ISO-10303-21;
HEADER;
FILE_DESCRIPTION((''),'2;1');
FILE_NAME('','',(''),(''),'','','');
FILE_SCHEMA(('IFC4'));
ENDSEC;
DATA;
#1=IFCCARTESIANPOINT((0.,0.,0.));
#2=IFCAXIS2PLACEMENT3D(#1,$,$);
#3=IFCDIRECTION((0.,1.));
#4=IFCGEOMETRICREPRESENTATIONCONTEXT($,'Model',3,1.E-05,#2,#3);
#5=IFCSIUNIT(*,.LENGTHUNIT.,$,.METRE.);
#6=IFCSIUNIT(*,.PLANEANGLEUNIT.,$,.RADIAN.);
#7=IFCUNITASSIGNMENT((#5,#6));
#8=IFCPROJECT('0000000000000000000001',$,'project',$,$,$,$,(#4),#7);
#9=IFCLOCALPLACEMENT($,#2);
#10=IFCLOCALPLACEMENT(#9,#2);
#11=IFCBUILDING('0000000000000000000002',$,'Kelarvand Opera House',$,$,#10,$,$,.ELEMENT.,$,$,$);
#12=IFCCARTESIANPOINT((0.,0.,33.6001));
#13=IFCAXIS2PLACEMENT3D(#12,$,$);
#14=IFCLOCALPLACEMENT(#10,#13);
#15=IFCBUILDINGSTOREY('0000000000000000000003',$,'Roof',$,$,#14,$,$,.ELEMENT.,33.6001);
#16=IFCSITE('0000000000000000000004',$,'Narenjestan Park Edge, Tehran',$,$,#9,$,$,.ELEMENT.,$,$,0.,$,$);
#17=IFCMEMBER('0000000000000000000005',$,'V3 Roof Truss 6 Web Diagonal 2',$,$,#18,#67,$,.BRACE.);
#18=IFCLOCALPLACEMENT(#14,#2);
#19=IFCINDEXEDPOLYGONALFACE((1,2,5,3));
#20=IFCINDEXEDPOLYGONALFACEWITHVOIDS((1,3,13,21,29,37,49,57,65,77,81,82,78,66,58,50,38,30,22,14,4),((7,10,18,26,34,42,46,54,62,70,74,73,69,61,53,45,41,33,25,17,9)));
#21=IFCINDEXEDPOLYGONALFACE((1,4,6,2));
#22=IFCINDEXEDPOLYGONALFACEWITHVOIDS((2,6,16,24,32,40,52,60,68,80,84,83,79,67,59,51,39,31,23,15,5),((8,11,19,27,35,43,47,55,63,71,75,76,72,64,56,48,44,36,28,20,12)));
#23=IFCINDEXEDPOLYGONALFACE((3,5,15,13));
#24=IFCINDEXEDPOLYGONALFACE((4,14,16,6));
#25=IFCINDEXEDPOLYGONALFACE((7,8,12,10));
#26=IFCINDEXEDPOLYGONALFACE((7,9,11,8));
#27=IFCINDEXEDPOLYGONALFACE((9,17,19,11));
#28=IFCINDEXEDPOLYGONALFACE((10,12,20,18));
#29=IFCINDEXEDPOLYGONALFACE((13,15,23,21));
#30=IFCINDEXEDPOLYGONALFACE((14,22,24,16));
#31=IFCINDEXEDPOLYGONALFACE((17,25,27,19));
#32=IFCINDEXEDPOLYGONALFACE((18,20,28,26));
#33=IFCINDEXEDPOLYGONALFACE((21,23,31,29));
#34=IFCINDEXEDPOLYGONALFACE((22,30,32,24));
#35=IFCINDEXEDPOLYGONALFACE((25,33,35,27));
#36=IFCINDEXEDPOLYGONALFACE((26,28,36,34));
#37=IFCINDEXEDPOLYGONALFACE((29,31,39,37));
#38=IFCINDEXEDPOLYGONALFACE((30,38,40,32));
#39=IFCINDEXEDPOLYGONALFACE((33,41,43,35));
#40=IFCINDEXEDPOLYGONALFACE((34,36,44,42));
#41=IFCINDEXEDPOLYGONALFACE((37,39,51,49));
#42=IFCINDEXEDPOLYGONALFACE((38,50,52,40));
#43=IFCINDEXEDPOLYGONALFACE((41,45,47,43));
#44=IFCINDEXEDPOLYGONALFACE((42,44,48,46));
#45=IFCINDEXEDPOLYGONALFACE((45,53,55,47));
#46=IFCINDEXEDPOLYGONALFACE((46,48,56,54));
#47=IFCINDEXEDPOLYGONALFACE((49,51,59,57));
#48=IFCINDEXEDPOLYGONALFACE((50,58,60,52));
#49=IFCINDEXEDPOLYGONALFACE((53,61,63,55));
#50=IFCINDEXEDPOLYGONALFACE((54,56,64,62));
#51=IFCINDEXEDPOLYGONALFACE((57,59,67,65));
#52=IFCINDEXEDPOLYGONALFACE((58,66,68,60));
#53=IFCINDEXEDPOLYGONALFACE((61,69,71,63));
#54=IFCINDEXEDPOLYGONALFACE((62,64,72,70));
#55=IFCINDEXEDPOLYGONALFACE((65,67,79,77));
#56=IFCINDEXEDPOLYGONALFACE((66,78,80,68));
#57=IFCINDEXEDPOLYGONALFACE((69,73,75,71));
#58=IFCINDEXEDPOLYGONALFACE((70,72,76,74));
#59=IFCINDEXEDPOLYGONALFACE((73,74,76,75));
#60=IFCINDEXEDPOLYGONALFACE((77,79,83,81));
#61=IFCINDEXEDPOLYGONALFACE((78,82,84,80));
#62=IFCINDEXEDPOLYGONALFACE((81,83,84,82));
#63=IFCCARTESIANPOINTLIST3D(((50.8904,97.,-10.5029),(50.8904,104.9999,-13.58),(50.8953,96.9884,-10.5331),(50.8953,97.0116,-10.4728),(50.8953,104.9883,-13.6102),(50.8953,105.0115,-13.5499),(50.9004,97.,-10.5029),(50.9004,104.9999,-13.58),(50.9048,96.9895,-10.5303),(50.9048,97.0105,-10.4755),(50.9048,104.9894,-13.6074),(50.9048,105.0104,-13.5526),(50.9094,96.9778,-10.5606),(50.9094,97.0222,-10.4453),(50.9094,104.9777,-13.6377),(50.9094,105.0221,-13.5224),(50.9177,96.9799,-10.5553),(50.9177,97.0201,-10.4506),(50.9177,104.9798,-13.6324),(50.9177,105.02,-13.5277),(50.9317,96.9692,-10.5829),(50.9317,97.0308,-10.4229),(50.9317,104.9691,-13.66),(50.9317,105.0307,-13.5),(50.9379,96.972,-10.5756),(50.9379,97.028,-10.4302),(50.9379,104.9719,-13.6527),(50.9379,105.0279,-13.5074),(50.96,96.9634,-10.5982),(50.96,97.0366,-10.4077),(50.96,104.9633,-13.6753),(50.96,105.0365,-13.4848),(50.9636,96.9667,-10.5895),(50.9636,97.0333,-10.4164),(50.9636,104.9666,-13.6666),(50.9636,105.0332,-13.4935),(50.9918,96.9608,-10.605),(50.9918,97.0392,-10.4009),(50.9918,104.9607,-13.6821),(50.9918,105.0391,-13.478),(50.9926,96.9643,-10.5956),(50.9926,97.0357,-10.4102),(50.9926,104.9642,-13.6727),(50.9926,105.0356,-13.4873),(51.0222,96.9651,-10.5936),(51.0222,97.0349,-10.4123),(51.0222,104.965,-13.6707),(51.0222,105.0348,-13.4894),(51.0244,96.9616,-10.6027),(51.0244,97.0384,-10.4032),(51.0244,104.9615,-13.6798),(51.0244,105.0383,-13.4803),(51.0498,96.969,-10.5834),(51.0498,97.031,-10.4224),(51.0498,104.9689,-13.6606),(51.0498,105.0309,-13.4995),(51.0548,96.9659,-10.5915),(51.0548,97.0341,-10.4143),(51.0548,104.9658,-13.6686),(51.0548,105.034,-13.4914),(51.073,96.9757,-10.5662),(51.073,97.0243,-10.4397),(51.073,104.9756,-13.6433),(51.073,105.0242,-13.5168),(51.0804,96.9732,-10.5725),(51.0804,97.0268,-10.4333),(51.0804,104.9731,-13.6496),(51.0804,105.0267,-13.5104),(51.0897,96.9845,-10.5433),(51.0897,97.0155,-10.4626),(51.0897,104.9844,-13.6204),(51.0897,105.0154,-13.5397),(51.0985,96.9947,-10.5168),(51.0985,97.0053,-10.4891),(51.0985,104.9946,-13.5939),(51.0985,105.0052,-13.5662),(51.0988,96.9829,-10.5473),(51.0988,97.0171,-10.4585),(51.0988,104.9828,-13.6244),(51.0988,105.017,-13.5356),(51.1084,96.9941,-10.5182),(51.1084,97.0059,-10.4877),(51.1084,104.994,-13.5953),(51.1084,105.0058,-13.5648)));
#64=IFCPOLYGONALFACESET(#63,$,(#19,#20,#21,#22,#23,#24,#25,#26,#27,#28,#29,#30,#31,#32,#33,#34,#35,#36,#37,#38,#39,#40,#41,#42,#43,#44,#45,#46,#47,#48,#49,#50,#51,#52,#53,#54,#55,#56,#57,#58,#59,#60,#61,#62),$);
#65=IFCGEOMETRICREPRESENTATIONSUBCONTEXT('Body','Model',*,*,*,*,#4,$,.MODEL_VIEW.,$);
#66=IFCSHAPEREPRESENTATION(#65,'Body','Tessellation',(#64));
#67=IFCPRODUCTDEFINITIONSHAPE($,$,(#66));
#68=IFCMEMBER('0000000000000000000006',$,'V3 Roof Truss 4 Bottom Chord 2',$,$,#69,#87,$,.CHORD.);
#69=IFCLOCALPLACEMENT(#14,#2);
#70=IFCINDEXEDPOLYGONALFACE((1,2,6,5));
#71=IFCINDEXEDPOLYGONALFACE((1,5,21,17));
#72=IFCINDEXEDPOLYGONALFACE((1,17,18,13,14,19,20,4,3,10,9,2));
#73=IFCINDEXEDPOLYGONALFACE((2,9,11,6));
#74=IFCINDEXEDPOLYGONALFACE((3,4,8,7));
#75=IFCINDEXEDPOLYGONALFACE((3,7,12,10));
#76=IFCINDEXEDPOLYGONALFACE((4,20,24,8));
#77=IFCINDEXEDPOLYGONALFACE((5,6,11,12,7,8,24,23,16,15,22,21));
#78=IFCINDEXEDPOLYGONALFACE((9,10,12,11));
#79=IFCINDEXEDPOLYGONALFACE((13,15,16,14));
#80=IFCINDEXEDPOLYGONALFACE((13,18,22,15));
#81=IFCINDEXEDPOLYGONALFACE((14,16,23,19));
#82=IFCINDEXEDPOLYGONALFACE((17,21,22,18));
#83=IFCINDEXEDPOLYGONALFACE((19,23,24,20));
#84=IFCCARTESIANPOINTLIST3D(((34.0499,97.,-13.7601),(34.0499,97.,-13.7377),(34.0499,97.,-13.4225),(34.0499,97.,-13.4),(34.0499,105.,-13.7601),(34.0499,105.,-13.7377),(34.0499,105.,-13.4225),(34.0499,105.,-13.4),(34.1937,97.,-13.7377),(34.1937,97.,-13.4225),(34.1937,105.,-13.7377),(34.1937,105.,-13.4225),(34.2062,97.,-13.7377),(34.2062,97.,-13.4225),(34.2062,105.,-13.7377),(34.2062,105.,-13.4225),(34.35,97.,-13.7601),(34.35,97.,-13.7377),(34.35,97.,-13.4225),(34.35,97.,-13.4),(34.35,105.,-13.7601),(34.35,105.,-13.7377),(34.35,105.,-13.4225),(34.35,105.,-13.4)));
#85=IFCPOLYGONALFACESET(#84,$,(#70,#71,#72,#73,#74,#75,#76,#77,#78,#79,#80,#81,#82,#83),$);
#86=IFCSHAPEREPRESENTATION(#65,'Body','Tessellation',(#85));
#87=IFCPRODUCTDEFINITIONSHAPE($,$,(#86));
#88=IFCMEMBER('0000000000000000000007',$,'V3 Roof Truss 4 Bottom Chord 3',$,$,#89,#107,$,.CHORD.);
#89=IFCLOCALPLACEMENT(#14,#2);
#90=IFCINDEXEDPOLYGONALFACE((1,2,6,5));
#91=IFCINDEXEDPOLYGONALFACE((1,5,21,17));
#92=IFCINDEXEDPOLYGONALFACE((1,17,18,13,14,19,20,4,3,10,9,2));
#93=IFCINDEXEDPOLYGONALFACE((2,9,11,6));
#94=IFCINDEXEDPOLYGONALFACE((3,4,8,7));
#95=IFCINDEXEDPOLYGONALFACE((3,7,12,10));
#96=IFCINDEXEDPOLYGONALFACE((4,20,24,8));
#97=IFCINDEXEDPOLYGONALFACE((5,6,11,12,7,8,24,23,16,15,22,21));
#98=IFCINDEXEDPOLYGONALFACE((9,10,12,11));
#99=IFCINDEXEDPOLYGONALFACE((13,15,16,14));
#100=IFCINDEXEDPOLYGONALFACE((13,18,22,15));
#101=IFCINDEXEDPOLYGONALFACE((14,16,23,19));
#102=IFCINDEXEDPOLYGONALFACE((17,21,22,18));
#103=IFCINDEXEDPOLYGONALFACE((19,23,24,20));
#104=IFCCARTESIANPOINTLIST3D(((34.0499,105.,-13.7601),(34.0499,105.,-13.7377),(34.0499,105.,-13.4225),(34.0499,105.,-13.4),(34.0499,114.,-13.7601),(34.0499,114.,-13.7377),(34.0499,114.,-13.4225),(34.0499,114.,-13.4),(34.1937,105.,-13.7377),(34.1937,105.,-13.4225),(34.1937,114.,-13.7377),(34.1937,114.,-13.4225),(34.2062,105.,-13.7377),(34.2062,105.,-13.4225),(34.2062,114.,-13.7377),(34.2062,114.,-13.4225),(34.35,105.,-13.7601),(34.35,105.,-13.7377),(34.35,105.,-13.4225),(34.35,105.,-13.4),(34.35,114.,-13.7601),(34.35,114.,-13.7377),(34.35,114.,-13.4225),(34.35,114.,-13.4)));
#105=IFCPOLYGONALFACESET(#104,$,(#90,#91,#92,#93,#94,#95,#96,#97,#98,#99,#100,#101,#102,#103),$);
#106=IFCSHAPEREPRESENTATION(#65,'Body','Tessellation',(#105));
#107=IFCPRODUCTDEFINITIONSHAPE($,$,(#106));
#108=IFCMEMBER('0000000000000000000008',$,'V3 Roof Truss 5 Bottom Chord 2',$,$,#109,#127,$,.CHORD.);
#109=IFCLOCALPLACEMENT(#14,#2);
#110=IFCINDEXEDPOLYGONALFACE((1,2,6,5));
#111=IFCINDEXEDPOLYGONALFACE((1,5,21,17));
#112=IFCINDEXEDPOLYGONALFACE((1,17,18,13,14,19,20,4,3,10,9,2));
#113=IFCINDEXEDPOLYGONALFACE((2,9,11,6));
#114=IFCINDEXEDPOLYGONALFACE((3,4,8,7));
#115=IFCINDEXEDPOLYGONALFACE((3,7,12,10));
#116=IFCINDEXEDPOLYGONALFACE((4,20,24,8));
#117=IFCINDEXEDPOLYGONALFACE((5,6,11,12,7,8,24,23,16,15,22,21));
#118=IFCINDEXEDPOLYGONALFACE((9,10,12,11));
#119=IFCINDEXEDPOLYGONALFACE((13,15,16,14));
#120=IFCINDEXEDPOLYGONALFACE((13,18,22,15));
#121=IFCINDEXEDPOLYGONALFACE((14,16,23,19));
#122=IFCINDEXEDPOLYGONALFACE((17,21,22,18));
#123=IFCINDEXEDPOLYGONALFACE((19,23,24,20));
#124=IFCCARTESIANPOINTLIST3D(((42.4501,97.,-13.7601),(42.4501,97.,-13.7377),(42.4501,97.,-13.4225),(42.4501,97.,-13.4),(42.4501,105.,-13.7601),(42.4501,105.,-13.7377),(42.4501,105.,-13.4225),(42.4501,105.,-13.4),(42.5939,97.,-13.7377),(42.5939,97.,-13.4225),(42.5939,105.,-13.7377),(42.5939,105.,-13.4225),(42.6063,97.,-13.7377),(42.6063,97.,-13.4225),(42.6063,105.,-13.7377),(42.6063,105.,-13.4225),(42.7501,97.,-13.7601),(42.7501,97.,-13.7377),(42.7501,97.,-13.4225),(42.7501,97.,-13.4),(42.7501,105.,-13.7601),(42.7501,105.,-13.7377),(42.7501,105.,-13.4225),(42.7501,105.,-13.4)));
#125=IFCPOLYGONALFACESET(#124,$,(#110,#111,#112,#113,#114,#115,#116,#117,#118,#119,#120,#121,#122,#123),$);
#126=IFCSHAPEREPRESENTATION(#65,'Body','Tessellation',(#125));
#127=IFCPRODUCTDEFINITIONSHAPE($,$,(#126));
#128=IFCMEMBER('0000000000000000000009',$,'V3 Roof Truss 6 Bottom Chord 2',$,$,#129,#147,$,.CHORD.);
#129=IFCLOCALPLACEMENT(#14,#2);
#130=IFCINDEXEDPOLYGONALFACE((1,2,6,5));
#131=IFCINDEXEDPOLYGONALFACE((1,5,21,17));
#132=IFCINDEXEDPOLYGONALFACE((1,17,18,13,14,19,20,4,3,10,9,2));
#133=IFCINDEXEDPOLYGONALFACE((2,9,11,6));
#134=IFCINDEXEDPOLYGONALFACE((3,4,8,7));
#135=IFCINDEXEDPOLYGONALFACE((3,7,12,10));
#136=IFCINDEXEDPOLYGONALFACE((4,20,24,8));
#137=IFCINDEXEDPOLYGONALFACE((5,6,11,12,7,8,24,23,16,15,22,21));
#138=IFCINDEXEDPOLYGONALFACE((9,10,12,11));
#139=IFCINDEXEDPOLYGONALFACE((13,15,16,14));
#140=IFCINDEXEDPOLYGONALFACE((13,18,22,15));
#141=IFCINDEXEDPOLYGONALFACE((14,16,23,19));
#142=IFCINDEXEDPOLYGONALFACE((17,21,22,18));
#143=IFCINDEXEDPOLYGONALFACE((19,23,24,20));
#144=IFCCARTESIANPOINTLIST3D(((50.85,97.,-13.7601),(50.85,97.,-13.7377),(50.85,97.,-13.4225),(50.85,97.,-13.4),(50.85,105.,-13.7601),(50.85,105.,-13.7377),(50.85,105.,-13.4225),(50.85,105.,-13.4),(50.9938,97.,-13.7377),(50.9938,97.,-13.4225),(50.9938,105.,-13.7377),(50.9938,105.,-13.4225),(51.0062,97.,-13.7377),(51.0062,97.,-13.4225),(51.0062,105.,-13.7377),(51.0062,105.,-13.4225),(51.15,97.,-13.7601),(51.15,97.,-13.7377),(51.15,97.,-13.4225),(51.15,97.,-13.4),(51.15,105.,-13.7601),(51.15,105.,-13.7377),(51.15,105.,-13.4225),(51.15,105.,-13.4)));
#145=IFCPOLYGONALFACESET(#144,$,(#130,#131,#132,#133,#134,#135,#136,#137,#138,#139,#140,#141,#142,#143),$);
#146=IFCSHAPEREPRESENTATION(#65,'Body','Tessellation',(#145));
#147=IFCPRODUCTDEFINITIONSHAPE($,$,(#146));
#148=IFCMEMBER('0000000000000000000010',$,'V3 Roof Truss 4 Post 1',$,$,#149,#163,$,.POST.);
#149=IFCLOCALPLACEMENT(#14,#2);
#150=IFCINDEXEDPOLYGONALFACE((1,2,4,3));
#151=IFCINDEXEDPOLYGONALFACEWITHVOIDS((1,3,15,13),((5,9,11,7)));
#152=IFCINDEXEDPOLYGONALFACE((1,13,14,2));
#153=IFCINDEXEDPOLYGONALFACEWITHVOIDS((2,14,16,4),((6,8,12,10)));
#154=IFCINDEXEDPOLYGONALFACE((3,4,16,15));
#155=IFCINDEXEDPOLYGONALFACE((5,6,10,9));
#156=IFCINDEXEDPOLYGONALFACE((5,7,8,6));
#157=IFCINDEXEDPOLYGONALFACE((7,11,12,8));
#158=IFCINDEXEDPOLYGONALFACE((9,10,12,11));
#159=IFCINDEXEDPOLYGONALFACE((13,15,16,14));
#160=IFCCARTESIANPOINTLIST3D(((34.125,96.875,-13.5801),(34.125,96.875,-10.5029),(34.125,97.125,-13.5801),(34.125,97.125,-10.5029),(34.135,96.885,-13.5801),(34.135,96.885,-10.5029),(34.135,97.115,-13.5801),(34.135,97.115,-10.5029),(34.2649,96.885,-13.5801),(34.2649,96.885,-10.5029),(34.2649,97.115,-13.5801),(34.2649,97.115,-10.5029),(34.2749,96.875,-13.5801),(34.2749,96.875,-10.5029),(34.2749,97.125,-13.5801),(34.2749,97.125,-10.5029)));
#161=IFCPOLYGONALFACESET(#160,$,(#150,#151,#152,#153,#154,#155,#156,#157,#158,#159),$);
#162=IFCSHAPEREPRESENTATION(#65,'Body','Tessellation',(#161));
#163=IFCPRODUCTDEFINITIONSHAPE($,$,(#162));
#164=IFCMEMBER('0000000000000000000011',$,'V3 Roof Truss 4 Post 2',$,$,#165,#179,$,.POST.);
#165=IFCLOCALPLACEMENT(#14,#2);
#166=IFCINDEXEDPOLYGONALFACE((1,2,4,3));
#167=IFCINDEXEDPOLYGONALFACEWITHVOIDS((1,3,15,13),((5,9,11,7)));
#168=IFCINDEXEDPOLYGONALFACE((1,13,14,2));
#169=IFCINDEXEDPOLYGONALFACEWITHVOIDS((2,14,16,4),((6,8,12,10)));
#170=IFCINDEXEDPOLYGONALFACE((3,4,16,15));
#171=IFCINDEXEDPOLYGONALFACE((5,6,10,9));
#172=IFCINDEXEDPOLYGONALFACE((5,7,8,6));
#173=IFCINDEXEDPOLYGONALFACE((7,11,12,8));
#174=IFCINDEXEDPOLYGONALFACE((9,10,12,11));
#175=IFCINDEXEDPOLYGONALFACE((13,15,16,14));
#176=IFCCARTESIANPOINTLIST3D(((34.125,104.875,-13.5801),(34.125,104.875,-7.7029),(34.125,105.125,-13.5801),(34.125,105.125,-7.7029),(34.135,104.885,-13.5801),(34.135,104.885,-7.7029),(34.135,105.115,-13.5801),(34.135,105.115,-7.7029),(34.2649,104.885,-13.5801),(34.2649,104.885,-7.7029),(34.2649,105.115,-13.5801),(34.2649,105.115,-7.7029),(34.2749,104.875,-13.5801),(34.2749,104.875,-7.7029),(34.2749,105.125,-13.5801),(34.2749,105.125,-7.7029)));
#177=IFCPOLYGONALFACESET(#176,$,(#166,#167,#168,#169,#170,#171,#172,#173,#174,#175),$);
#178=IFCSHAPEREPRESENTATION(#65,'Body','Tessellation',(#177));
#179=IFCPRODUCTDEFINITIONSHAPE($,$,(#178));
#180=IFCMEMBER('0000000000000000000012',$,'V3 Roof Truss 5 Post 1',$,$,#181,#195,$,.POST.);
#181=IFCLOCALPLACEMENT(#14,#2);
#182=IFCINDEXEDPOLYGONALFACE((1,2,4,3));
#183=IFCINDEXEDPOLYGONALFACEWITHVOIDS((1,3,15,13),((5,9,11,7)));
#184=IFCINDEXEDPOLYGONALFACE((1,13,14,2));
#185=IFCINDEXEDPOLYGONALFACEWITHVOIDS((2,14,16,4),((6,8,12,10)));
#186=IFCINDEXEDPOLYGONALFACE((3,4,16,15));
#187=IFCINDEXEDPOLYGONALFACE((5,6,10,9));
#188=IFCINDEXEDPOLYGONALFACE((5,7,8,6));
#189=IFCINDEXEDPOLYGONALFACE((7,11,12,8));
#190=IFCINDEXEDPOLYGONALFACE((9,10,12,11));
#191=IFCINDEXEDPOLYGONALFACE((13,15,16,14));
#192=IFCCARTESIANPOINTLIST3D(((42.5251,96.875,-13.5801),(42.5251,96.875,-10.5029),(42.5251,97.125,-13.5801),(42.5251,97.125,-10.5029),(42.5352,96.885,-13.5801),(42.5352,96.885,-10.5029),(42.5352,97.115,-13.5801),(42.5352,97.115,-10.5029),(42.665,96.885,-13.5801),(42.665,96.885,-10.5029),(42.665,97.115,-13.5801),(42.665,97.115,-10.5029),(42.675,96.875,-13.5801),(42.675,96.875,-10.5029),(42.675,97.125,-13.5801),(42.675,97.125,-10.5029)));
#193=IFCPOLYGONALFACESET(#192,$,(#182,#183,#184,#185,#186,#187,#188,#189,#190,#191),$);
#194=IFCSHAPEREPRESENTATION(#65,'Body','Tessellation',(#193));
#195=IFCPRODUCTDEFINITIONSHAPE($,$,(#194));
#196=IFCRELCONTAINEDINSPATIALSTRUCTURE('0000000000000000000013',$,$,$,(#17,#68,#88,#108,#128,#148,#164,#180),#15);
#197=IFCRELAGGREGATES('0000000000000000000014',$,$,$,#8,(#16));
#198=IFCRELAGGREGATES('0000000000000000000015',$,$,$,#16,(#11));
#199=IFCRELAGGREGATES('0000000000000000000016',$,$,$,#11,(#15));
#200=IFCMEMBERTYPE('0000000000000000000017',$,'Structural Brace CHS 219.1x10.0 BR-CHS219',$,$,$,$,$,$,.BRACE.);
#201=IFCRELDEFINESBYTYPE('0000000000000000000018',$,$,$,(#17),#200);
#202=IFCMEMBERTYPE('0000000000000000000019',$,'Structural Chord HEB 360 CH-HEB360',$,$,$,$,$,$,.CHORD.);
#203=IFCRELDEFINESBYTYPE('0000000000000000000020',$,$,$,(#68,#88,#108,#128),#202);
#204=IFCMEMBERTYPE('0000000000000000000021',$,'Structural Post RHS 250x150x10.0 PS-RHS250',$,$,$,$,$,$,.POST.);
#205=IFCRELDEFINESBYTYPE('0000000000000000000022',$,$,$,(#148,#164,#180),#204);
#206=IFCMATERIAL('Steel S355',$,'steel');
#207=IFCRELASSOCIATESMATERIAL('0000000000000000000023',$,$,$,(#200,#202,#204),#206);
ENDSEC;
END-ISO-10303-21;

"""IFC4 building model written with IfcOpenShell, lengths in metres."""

from ifc_helpers import new_model, si_unit, direction, frame, origin, origin_2d, place, context, subcontext, project, spatial, hollow_rectangle, hollow_circle, i_section, extrude, material, material_profile, profile_set, type_object, element, save


model = new_model("IFC4")

# Units and contexts
model_context = context("Model", 3, precision=1e-05, world=origin(), true_north=direction((0.0, 1.0)))
body_context = subcontext(model_context, "Body", "Model", "MODEL_VIEW")
ifc_project = project(units=[si_unit("LENGTHUNIT", "METRE"), si_unit("PLANEANGLEUNIT", "RADIAN")], contexts=[model_context])

# Site, building, storey
site_placement = place(None, origin())
site = spatial("IfcSite", under=ifc_project, at=site_placement, Name="Narenjestan Park Edge, Tehran", CompositionType="ELEMENT", RefElevation=0.0)
building_placement = place(site_placement, origin())
building = spatial("IfcBuilding", under=site, at=building_placement, Name="Kelarvand Opera House", CompositionType="ELEMENT")
storey_placement = place(building_placement, frame((0.0, 0.0, 33.6001)))
storey = spatial("IfcBuildingStorey", under=building, at=storey_placement, Name="Roof", CompositionType="ELEMENT", Elevation=33.6001)

# Members
ifc_material = material(Name="Steel S355", Category="steel")
ifc_material_profile_1 = material_profile(ifc_material, hollow_circle(Radius=0.1096, WallThickness=0.01, at=origin_2d()), Name="CHS 219.1x10.0", Category="steel")
ifc_profile_set_1 = profile_set([ifc_material_profile_1], Name="Steel S355")
member_type_1 = type_object("IfcMemberType", Name="Structural Brace CHS 219.1x10.0 BR-CHS219", PredefinedType="BRACE", material=ifc_profile_set_1)
for number, where, z_axis, x_axis, name in (
    (1, (51.0, 97.0, -10.5029), (0.0, 0.933337, -0.359002), (-1.0, 0.0, 0.0), "V3 Roof Truss 6 Web Diagonal 2"),
):
    element("IfcMember", number, at=place(storey_placement, frame(where, z_axis=z_axis, x_axis=x_axis)), inside=storey, type_object=member_type_1, Name=name, PredefinedType="BRACE", context=body_context, shape_type="SweptSolid", body=[
        extrude(hollow_circle(Radius=0.1096, WallThickness=0.01, at=origin_2d()), origin(), (0.0, 0.0, 1.0), 8.5713),
    ])
ifc_material_profile_2 = material_profile(ifc_material, i_section(OverallWidth=0.3, OverallDepth=0.3601, WebThickness=0.0125, FlangeThickness=0.0225, at=origin_2d()), Name="HEB 360", Category="steel")
ifc_profile_set_2 = profile_set([ifc_material_profile_2], Name="Steel S355")
member_type_2 = type_object("IfcMemberType", Name="Structural Chord HEB 360 CH-HEB360", PredefinedType="CHORD", material=ifc_profile_set_2)
member_1_placement = place(storey_placement, frame((34.2, 97.0, -13.5801), z_axis=(0.0, 1.0, 0.0), x_axis=(-1.0, 0.0, 0.0)))
element("IfcMember", 2, at=member_1_placement, inside=storey, type_object=member_type_2, Name="V3 Roof Truss 4 Bottom Chord 2", PredefinedType="CHORD", context=body_context, shape_type="SweptSolid", body=[
    extrude(i_section(OverallWidth=0.3, OverallDepth=0.3601, WebThickness=0.0125, FlangeThickness=0.0225, at=origin_2d()), origin(), (0.0, 0.0, 1.0), 8.0),
])
member_2_placement = place(storey_placement, frame((34.2, 105.0, -13.5801), z_axis=(0.0, 1.0, 0.0), x_axis=(-1.0, 0.0, 0.0)))
element("IfcMember", 3, at=member_2_placement, inside=storey, type_object=member_type_2, Name="V3 Roof Truss 4 Bottom Chord 3", PredefinedType="CHORD", context=body_context, shape_type="SweptSolid", body=[
    extrude(i_section(OverallWidth=0.3, OverallDepth=0.3601, WebThickness=0.0125, FlangeThickness=0.0225, at=origin_2d()), origin(), (0.0, 0.0, 1.0), 9.0),
])
for number, where, z_axis, x_axis, name in (
    (4, (42.6001, 97.0, -13.5801), (0.0, 1.0, 0.0), (-1.0, 0.0, 0.0), "V3 Roof Truss 5 Bottom Chord 2"),
    (5, (51.0, 97.0, -13.5801), (0.0, 1.0, 0.0), (-1.0, 0.0, 0.0), "V3 Roof Truss 6 Bottom Chord 2"),
):
    element("IfcMember", number, at=place(storey_placement, frame(where, z_axis=z_axis, x_axis=x_axis)), inside=storey, type_object=member_type_2, Name=name, PredefinedType="CHORD", context=body_context, shape_type="SweptSolid", body=[
        extrude(i_section(OverallWidth=0.3, OverallDepth=0.3601, WebThickness=0.0125, FlangeThickness=0.0225, at=origin_2d()), origin(), (0.0, 0.0, 1.0), 8.0),
    ])
ifc_material_profile_3 = material_profile(ifc_material, hollow_rectangle(XDim=0.1499, YDim=0.25, WallThickness=0.01, at=origin_2d()), Name="RHS 250x150x10.0", Category="steel")
ifc_profile_set_3 = profile_set([ifc_material_profile_3], Name="Steel S355")
member_type_3 = type_object("IfcMemberType", Name="Structural Post RHS 250x150x10.0 PS-RHS250", PredefinedType="POST", material=ifc_profile_set_3)
member_3_placement = place(storey_placement, frame((34.2, 97.0, -13.5801), z_axis=(0.0, 0.0, 1.0), x_axis=(1.0, 0.0, 0.0)))
element("IfcMember", 6, at=member_3_placement, inside=storey, type_object=member_type_3, Name="V3 Roof Truss 4 Post 1", PredefinedType="POST", context=body_context, shape_type="SweptSolid", body=[
    extrude(hollow_rectangle(XDim=0.1499, YDim=0.25, WallThickness=0.01, at=origin_2d()), origin(), (0.0, 0.0, 1.0), 3.0771),
])
member_4_placement = place(storey_placement, frame((34.2, 105.0, -13.5801), z_axis=(0.0, 0.0, 1.0), x_axis=(1.0, 0.0, 0.0)))
element("IfcMember", 7, at=member_4_placement, inside=storey, type_object=member_type_3, Name="V3 Roof Truss 4 Post 2", PredefinedType="POST", context=body_context, shape_type="SweptSolid", body=[
    extrude(hollow_rectangle(XDim=0.1499, YDim=0.25, WallThickness=0.01, at=origin_2d()), origin(), (0.0, 0.0, 1.0), 5.8772),
])
for number, where, z_axis, x_axis, name in (
    (8, (42.6001, 97.0, -13.5801), (0.0, 0.0, 1.0), (1.0, 0.0, 0.0), "V3 Roof Truss 5 Post 1"),
):
    element("IfcMember", number, at=place(storey_placement, frame(where, z_axis=z_axis, x_axis=x_axis)), inside=storey, type_object=member_type_3, Name=name, PredefinedType="POST", context=body_context, shape_type="SweptSolid", body=[
        extrude(hollow_rectangle(XDim=0.1499, YDim=0.25, WallThickness=0.01, at=origin_2d()), origin(), (0.0, 0.0, 1.0), 3.0771),
    ])

save(model, "model.ifc")
